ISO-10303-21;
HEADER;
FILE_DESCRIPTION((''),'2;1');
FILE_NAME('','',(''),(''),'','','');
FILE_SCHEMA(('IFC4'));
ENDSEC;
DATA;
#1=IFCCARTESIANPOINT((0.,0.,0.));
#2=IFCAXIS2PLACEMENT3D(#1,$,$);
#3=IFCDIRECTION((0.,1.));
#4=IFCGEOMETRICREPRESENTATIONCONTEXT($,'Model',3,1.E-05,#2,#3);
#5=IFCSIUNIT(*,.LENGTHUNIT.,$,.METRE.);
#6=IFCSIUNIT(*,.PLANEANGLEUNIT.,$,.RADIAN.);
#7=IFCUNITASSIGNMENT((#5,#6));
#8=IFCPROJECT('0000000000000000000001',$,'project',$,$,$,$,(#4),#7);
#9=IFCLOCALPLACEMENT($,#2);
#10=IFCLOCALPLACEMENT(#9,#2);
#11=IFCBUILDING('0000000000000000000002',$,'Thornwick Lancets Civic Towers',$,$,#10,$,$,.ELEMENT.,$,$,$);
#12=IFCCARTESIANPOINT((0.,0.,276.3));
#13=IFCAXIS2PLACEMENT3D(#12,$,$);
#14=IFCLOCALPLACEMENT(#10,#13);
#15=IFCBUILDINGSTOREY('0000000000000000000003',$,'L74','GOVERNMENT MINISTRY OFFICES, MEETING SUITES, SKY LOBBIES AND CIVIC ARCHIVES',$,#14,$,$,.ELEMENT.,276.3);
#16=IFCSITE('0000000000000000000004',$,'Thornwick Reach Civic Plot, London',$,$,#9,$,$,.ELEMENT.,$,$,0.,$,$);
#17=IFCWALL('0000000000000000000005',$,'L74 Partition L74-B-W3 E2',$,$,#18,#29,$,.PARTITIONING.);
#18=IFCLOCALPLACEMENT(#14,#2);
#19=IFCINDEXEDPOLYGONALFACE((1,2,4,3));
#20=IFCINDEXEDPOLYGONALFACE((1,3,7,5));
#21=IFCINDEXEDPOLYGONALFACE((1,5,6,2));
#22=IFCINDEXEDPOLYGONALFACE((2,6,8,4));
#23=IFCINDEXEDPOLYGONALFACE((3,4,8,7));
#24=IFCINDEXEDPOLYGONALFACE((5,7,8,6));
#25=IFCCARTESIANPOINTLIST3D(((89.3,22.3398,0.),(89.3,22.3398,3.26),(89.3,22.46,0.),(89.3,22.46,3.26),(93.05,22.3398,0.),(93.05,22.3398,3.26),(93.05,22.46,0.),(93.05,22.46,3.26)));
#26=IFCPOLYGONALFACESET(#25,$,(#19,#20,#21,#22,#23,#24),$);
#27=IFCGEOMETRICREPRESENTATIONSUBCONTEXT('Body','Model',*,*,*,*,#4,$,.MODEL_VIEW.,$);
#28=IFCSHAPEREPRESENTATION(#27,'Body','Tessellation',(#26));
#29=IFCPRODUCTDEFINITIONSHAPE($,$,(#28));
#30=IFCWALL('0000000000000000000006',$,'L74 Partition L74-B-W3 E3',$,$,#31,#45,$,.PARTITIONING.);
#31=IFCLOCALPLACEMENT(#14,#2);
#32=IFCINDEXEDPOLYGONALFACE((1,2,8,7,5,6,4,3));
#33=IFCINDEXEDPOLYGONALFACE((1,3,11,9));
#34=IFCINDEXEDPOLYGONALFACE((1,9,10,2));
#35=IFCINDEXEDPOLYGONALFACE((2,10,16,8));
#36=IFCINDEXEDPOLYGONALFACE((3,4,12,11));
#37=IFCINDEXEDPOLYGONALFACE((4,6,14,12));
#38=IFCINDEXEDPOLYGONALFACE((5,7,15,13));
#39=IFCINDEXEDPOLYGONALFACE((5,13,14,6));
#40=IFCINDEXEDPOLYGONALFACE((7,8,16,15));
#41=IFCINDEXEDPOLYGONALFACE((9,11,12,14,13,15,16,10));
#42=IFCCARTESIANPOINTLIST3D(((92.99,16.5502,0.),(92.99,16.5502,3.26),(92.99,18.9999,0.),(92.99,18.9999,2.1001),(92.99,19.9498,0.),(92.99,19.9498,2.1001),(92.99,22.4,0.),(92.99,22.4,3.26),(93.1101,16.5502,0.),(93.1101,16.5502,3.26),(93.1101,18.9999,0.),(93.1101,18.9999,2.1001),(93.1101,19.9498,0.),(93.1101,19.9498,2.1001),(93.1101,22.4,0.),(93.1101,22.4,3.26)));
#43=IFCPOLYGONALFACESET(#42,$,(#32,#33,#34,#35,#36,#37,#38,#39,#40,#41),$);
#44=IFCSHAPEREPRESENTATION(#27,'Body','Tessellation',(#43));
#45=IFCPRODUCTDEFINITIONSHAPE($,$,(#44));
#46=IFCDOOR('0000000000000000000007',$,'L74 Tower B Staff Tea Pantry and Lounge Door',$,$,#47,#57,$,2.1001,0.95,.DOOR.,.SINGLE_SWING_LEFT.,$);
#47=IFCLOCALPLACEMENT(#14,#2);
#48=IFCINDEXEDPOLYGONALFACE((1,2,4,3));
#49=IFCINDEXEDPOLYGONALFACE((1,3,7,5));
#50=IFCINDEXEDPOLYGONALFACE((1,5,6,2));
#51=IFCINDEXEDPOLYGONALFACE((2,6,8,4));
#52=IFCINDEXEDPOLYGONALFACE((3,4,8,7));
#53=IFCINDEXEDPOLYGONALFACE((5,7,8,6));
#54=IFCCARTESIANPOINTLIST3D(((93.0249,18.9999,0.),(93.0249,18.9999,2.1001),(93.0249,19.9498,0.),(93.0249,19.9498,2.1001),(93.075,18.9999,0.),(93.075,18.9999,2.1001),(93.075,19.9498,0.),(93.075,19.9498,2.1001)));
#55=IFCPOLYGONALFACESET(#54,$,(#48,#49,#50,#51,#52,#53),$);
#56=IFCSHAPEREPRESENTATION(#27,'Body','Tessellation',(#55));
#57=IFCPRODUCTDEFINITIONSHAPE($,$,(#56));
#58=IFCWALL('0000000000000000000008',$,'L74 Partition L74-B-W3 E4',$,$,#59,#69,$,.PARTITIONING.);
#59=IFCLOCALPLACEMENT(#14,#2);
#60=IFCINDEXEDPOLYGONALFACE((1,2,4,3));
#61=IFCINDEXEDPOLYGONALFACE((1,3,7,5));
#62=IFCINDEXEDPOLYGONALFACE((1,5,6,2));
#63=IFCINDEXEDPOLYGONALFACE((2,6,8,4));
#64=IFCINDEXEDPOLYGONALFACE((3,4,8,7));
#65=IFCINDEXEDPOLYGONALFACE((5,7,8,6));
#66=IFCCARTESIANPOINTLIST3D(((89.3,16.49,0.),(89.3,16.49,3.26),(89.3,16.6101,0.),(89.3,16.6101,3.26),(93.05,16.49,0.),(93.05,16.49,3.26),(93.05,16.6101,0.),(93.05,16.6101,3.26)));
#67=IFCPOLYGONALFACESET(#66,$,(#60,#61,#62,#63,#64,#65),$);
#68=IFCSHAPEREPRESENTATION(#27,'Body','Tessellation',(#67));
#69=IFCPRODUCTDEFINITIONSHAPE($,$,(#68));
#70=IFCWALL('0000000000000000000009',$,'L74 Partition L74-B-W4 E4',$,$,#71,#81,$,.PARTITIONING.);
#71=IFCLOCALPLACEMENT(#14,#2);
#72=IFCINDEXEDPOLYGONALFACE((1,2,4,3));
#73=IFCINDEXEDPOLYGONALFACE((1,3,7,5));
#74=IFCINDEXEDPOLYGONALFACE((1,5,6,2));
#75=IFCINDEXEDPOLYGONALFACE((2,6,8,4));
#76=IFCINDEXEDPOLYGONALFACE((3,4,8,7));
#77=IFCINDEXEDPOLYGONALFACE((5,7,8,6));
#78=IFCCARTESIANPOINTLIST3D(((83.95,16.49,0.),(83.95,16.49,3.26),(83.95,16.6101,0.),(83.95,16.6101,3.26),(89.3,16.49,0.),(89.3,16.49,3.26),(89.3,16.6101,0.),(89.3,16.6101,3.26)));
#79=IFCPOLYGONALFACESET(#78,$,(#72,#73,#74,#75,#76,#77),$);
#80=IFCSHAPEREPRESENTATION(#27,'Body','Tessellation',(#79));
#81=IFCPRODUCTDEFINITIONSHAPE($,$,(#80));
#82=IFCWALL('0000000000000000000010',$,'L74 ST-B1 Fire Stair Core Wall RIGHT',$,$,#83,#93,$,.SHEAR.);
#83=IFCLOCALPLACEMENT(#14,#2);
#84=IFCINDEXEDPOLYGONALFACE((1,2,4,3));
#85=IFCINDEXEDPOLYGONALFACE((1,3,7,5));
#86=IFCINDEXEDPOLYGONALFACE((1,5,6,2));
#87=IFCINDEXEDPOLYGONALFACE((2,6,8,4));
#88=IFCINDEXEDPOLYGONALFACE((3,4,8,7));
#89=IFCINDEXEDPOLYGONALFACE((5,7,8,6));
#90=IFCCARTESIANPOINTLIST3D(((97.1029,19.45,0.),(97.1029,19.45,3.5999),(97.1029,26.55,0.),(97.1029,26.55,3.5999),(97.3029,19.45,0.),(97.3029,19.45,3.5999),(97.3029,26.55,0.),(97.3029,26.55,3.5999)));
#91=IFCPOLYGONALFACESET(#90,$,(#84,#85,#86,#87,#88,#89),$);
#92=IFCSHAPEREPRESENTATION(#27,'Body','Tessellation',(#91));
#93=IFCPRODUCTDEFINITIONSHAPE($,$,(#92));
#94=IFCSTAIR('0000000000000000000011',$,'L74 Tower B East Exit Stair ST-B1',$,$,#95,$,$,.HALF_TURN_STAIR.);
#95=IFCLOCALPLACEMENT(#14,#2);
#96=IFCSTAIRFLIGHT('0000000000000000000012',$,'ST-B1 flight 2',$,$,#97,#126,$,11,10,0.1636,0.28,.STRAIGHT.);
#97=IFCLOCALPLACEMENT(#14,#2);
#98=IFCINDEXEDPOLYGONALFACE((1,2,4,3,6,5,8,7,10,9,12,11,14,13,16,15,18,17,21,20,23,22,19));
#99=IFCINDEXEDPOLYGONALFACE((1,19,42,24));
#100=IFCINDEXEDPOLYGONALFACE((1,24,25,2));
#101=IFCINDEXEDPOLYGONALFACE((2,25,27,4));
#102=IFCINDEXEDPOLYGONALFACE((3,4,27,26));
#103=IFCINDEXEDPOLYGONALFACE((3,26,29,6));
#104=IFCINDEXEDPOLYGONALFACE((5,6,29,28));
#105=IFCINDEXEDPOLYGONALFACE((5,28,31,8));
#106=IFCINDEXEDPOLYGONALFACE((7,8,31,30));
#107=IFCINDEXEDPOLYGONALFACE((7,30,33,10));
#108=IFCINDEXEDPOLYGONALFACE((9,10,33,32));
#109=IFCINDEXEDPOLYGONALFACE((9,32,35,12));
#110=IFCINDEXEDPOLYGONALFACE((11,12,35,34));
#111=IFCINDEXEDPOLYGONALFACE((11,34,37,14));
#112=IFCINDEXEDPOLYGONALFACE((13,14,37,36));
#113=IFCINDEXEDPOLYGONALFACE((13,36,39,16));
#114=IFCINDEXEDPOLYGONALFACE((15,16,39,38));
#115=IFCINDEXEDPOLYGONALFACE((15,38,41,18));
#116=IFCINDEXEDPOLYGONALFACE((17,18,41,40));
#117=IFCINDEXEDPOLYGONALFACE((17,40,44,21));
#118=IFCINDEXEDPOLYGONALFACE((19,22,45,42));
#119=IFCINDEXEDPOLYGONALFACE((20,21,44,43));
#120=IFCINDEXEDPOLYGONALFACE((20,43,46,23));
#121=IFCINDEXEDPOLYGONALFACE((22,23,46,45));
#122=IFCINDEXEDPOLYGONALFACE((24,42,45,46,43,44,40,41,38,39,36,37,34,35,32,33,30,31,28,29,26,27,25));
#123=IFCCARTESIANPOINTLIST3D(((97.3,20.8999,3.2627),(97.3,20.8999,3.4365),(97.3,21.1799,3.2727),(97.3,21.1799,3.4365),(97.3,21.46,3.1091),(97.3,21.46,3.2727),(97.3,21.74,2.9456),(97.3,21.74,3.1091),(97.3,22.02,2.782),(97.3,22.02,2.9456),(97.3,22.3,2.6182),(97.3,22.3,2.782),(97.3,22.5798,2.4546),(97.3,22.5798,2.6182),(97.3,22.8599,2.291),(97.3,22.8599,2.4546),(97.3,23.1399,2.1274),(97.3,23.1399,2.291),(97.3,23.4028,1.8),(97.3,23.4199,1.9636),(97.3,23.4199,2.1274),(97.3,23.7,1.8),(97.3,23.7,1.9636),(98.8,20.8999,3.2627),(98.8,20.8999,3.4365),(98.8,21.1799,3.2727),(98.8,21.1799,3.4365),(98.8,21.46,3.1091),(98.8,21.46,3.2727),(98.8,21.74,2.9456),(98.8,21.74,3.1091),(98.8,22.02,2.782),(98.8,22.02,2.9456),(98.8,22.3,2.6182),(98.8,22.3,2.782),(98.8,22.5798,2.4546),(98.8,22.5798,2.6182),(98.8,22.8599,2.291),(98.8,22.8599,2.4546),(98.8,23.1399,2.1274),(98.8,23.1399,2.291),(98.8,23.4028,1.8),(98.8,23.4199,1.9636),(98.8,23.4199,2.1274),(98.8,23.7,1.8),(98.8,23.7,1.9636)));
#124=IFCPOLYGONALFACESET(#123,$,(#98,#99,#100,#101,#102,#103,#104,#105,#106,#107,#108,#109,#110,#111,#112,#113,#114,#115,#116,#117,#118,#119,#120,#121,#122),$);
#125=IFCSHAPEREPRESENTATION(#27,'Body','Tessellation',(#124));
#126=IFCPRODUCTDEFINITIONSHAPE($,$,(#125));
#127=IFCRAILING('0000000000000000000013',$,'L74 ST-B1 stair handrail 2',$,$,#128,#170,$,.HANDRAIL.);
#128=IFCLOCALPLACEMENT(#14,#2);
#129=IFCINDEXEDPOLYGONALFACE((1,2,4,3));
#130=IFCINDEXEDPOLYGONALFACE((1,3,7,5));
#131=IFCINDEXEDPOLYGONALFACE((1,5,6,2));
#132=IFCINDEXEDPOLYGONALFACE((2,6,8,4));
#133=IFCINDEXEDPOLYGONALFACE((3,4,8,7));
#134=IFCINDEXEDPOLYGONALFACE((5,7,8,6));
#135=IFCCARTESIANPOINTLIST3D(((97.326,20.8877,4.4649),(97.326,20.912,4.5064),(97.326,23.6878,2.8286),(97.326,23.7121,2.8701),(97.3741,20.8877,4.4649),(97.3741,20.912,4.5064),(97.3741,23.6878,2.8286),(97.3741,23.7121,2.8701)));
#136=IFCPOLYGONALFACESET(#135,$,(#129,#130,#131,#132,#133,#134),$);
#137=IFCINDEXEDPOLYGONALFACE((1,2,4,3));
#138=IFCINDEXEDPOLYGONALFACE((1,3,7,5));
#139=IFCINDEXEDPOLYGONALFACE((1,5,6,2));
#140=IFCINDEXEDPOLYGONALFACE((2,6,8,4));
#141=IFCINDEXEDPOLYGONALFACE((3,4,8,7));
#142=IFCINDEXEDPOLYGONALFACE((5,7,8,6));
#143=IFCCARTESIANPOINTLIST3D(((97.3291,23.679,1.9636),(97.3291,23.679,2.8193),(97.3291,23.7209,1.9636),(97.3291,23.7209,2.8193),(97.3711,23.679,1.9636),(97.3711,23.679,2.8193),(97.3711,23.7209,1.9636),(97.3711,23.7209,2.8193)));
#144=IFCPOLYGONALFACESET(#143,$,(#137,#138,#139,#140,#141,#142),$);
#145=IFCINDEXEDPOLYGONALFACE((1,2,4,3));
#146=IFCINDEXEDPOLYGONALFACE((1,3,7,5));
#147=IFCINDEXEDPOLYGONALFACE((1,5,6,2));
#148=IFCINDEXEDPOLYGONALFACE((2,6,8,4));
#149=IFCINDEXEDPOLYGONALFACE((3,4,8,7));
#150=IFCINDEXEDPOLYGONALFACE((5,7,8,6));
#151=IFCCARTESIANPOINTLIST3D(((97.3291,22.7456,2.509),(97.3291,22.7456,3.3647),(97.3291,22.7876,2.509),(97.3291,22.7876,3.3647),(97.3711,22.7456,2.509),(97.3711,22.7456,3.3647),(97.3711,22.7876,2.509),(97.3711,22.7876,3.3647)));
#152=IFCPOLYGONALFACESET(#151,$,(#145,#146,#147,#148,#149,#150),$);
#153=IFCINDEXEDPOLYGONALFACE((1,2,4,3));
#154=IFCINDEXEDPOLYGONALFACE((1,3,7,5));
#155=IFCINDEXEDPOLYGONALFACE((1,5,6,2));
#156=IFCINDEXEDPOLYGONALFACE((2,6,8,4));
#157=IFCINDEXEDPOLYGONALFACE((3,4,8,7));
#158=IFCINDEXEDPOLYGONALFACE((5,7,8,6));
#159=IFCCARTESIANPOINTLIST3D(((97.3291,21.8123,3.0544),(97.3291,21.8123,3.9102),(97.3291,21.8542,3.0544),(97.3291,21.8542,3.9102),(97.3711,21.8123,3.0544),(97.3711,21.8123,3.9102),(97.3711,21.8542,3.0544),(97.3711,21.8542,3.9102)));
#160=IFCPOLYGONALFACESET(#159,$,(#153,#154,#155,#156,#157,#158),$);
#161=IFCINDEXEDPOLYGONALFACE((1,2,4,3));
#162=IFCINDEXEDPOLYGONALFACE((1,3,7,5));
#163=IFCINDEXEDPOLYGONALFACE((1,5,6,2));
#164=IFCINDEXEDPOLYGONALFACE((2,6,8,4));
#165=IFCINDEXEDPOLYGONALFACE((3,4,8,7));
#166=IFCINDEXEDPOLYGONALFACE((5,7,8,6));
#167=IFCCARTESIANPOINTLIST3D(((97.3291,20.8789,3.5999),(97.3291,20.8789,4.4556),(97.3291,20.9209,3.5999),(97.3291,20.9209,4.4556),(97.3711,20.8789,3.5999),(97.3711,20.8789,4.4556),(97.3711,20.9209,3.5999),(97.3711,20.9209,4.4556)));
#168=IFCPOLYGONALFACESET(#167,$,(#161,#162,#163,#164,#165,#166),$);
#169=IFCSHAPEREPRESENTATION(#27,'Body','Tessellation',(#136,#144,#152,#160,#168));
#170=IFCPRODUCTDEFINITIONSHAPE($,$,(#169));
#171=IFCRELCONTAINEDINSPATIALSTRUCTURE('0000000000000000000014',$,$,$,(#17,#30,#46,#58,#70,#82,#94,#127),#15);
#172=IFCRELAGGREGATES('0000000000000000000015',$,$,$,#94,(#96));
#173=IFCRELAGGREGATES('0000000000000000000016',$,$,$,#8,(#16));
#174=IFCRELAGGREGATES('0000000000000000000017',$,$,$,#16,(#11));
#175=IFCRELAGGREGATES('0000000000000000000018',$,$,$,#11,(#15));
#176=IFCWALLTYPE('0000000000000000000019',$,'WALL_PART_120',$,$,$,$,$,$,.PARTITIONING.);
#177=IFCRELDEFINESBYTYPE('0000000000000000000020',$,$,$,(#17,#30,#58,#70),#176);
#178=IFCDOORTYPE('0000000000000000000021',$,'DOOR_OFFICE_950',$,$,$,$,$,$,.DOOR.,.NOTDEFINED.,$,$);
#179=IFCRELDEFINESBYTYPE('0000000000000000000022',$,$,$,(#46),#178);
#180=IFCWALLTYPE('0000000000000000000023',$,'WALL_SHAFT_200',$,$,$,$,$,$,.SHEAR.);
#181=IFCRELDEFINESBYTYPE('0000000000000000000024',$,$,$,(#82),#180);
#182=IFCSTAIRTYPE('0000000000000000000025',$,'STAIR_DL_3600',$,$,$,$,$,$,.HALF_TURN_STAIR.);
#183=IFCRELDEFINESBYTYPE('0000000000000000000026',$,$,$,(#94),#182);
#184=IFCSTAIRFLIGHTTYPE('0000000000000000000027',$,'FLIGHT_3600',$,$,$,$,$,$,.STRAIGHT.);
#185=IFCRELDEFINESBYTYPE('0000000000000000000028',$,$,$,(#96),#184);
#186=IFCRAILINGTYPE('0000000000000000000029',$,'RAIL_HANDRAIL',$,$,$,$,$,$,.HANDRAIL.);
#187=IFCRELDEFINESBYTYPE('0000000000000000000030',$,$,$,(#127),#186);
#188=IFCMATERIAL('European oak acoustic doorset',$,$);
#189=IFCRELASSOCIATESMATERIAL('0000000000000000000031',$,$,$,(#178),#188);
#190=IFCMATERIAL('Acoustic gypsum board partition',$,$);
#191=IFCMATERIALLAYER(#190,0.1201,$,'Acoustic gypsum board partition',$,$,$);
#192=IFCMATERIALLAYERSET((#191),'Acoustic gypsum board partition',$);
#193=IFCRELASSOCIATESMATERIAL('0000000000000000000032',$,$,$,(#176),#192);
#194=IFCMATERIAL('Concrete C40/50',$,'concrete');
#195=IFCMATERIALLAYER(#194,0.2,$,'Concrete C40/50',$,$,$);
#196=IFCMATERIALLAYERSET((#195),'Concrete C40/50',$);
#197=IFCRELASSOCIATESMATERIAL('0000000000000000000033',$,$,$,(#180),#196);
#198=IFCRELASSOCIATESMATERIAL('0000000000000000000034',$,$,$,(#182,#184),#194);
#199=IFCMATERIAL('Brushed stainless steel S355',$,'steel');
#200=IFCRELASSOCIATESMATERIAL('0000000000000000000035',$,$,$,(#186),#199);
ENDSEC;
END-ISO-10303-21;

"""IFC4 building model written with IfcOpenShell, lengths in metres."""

from ifc_helpers import new_model, si_unit, direction, frame, frame_2d, origin, origin_2d, place, context, subcontext, project, spatial, polyline, rectangle, outline, extrude, material, layer, layer_set, type_object, element, fill, aggregate, save


model = new_model("IFC4")

# Units and contexts
model_context = context("Model", 3, precision=1e-05, world=origin(), true_north=direction((0.0, 1.0)))
body_context = subcontext(model_context, "Body", "Model", "MODEL_VIEW")
ifc_project = project(units=[si_unit("LENGTHUNIT", "METRE"), si_unit("PLANEANGLEUNIT", "RADIAN")], contexts=[model_context])

# Site, building, storey
site_placement = place(None, origin())
site = spatial("IfcSite", under=ifc_project, at=site_placement, Name="Thornwick Reach Civic Plot, London", CompositionType="ELEMENT", RefElevation=0.0)
building_placement = place(site_placement, origin())
building = spatial("IfcBuilding", under=site, at=building_placement, Name="Thornwick Lancets Civic Towers", CompositionType="ELEMENT")
storey_placement = place(building_placement, frame((0.0, 0.0, 276.3)))
storey = spatial("IfcBuildingStorey", under=building, at=storey_placement, Name="L74", Description="GOVERNMENT MINISTRY OFFICES, MEETING SUITES, SKY LOBBIES AND CIVIC ARCHIVES", CompositionType="ELEMENT", Elevation=276.3)

# Shared definitions
ifc_material_1 = material(Name="European oak acoustic doorset")
door_type_1 = type_object("IfcDoorType", Name="DOOR_OFFICE_950", OperationType="NOTDEFINED", PredefinedType="DOOR", material=ifc_material_1)
ifc_material_2 = material(Name="Acoustic gypsum board partition")
ifc_layer_1 = layer(ifc_material_2, 0.1201, Name="Acoustic gypsum board partition")
ifc_layer_set_1 = layer_set([ifc_layer_1], Name="Acoustic gypsum board partition")
wall_type_1 = type_object("IfcWallType", Name="WALL_PART_120", PredefinedType="PARTITIONING", material=ifc_layer_set_1)

# Wall
wall_1_placement = place(storey_placement, frame((89.3, 22.3999, 0.0), z_axis=(0.0, 0.0, 1.0), x_axis=(1.0, 0.0, 0.0)))
element("IfcWall", 1, at=wall_1_placement, inside=storey, type_object=wall_type_1, Name="L74 Partition L74-B-W3 E2", PredefinedType="PARTITIONING", context=body_context, shape_type="SweptSolid", body=[
    extrude(rectangle(XDim=3.75, YDim=0.1201, at=frame_2d((1.875, 0.0))), origin(), (0.0, 0.0, 1.0), 3.26),
])

# Wall, opening, door
wall_2_placement = place(storey_placement, frame((93.05, 22.3999, 0.0), z_axis=(0.0, 0.0, 1.0), x_axis=(0.0, -1.0, 0.0)))
wall_2 = element("IfcWall", 2, at=wall_2_placement, inside=storey, type_object=wall_type_1, Name="L74 Partition L74-B-W3 E3", PredefinedType="PARTITIONING", context=body_context, shape_type="SweptSolid", body=[
    extrude(rectangle(XDim=5.8499, YDim=0.1201, at=frame_2d((2.9248, 0.0))), origin(), (0.0, 0.0, 1.0), 3.26),
])
opening_1_placement = place(wall_2_placement, frame((2.45, 0.0, 0.0)))
opening_1 = element("IfcOpeningElement", 3, at=opening_1_placement, cuts=wall_2, PredefinedType="OPENING", context=body_context, shape_type="SweptSolid", body=[
    extrude(rectangle(XDim=0.95, YDim=2.1001, at=frame_2d((0.4751, 1.05))), frame((0.0, 0.0701, 0.0), z_axis=(0.0, -1.0, 0.0), x_axis=(1.0, 0.0, 0.0)), (0.0, 0.0, 1.0), 0.1401),
])
door_1_placement = place(opening_1_placement, origin())
door_1 = element("IfcDoor", 4, at=door_1_placement, inside=storey, type_object=door_type_1, Name="L74 Tower B Staff Tea Pantry and Lounge Door", OperationType="SINGLE_SWING_LEFT", OverallHeight=2.1001, OverallWidth=0.95, PredefinedType="DOOR", context=body_context, shape_type="SweptSolid", body=[
    extrude(rectangle(XDim=0.95, YDim=2.1001, at=frame_2d((0.4751, 1.05))), frame((0.0, 0.0249, 0.0), z_axis=(0.0, -1.0, 0.0), x_axis=(1.0, 0.0, 0.0)), (0.0, 0.0, 1.0), 0.05),
])
fill(opening_1, door_1)

# Walls
wall_3_placement = place(storey_placement, frame((93.05, 16.55, 0.0), z_axis=(0.0, 0.0, 1.0), x_axis=(-1.0, 0.0, 0.0)))
element("IfcWall", 5, at=wall_3_placement, inside=storey, type_object=wall_type_1, Name="L74 Partition L74-B-W3 E4", PredefinedType="PARTITIONING", context=body_context, shape_type="SweptSolid", body=[
    extrude(rectangle(XDim=3.75, YDim=0.1201, at=frame_2d((1.875, 0.0))), origin(), (0.0, 0.0, 1.0), 3.26),
])
wall_4_placement = place(storey_placement, frame((89.3, 16.55, 0.0), z_axis=(0.0, 0.0, 1.0), x_axis=(-1.0, 0.0, 0.0)))
element("IfcWall", 6, at=wall_4_placement, inside=storey, type_object=wall_type_1, Name="L74 Partition L74-B-W4 E4", PredefinedType="PARTITIONING", context=body_context, shape_type="SweptSolid", body=[
    extrude(rectangle(XDim=5.3501, YDim=0.1201, at=frame_2d((2.675, 0.0))), origin(), (0.0, 0.0, 1.0), 3.26),
])
ifc_material_3 = material(Name="Concrete C40/50", Category="concrete")
ifc_layer_2 = layer(ifc_material_3, 0.2, Name="Concrete C40/50")
ifc_layer_set_2 = layer_set([ifc_layer_2], Name="Concrete C40/50")
wall_type_2 = type_object("IfcWallType", Name="WALL_SHAFT_200", PredefinedType="SHEAR", material=ifc_layer_set_2)
wall_5_placement = place(storey_placement, frame((97.2029, 26.55, 0.0), z_axis=(0.0, 0.0, 1.0), x_axis=(0.0, -1.0, 0.0)))
element("IfcWall", 7, at=wall_5_placement, inside=storey, type_object=wall_type_2, Name="L74 ST-B1 Fire Stair Core Wall RIGHT", PredefinedType="SHEAR", context=body_context, shape_type="SweptSolid", body=[
    extrude(rectangle(XDim=7.1001, YDim=0.2, at=frame_2d((3.55, 0.0))), origin(), (0.0, 0.0, 1.0), 3.5999),
])

# Stair, stair flight
stair_type = type_object("IfcStairType", Name="STAIR_DL_3600", PredefinedType="HALF_TURN_STAIR", material=ifc_material_3)
stair_placement = place(storey_placement, origin())
stair = element("IfcStair", 8, at=stair_placement, inside=storey, type_object=stair_type, Name="L74 Tower B East Exit Stair ST-B1", PredefinedType="HALF_TURN_STAIR")
stair_flight_type = type_object("IfcStairFlightType", Name="FLIGHT_3600", PredefinedType="STRAIGHT", material=ifc_material_3)
stair_flight_placement = place(storey_placement, frame((98.05, 23.7, 1.8), z_axis=(0.0, 0.0, 1.0), x_axis=(0.0, -1.0, 0.0)))
stair_flight = element("IfcStairFlight", 9, at=stair_flight_placement, type_object=stair_flight_type, Name="ST-B1 flight 2", NumberOfRisers=11, NumberOfTreads=10, PredefinedType="STRAIGHT", RiserHeight=0.1636, TreadLength=0.28, context=body_context, shape_type="SweptSolid", body=[
    extrude(outline(polyline([(0.0, 0.0), (0.0, 0.1636), (0.28, 0.1636), (0.28, 0.3274), (0.5601, 0.3274), (0.5601, 0.491), (0.8401, 0.491), (0.8401, 0.6545), (1.1201, 0.6545), (1.1201, 0.8181), (1.3999, 0.8181), (1.3999, 0.9819), (1.6799, 0.9819), (1.6799, 1.1455), (1.96, 1.1455), (1.96, 1.3091), (2.24, 1.3091), (2.24, 1.4727), (2.52, 1.4727), (2.52, 1.6365), (2.8, 1.6365), (2.8, 1.8), (2.8, 1.4626), (0.2971, 0.0), (0.0, 0.0)])), frame((0.0, 0.75, 0.0), z_axis=(0.0, -1.0, 0.0), x_axis=(1.0, 0.0, 0.0)), (0.0, 0.0, 1.0), 1.5),
])
aggregate(stair, [stair_flight])

# Railing
ifc_material_4 = material(Name="Brushed stainless steel S355", Category="steel")
railing_type_1 = type_object("IfcRailingType", Name="RAIL_HANDRAIL", PredefinedType="HANDRAIL", material=ifc_material_4)
railing_1_placement = place(storey_placement, frame((97.3501, 23.7, 1.9636)))
element("IfcRailing", 10, at=railing_1_placement, inside=storey, type_object=railing_type_1, Name="L74 ST-B1 stair handrail 2", PredefinedType="HANDRAIL", context=body_context, shape_type="SweptSolid", body=[
    extrude(rectangle(XDim=0.0481, YDim=0.0481, at=origin_2d()), frame((0.0, 0.0, 0.8857), z_axis=(0.0, -0.863394, 0.504531), x_axis=(1.0, 0.0, 0.0)), (0.0, 0.0, 1.0), 3.2432),
    extrude(rectangle(XDim=0.042, YDim=0.042, at=origin_2d()), origin(), (0.0, 0.0, 1.0), 0.8557),
    extrude(rectangle(XDim=0.042, YDim=0.042, at=origin_2d()), frame((0.0, -0.9333, 0.5454)), (0.0, 0.0, 1.0), 0.8557),
    extrude(rectangle(XDim=0.042, YDim=0.042, at=origin_2d()), frame((0.0, -1.8667, 1.0908)), (0.0, 0.0, 1.0), 0.8557),
    extrude(rectangle(XDim=0.042, YDim=0.042, at=origin_2d()), frame((0.0, -2.8, 1.6362)), (0.0, 0.0, 1.0), 0.8557),
])

save(model, "model.ifc")
